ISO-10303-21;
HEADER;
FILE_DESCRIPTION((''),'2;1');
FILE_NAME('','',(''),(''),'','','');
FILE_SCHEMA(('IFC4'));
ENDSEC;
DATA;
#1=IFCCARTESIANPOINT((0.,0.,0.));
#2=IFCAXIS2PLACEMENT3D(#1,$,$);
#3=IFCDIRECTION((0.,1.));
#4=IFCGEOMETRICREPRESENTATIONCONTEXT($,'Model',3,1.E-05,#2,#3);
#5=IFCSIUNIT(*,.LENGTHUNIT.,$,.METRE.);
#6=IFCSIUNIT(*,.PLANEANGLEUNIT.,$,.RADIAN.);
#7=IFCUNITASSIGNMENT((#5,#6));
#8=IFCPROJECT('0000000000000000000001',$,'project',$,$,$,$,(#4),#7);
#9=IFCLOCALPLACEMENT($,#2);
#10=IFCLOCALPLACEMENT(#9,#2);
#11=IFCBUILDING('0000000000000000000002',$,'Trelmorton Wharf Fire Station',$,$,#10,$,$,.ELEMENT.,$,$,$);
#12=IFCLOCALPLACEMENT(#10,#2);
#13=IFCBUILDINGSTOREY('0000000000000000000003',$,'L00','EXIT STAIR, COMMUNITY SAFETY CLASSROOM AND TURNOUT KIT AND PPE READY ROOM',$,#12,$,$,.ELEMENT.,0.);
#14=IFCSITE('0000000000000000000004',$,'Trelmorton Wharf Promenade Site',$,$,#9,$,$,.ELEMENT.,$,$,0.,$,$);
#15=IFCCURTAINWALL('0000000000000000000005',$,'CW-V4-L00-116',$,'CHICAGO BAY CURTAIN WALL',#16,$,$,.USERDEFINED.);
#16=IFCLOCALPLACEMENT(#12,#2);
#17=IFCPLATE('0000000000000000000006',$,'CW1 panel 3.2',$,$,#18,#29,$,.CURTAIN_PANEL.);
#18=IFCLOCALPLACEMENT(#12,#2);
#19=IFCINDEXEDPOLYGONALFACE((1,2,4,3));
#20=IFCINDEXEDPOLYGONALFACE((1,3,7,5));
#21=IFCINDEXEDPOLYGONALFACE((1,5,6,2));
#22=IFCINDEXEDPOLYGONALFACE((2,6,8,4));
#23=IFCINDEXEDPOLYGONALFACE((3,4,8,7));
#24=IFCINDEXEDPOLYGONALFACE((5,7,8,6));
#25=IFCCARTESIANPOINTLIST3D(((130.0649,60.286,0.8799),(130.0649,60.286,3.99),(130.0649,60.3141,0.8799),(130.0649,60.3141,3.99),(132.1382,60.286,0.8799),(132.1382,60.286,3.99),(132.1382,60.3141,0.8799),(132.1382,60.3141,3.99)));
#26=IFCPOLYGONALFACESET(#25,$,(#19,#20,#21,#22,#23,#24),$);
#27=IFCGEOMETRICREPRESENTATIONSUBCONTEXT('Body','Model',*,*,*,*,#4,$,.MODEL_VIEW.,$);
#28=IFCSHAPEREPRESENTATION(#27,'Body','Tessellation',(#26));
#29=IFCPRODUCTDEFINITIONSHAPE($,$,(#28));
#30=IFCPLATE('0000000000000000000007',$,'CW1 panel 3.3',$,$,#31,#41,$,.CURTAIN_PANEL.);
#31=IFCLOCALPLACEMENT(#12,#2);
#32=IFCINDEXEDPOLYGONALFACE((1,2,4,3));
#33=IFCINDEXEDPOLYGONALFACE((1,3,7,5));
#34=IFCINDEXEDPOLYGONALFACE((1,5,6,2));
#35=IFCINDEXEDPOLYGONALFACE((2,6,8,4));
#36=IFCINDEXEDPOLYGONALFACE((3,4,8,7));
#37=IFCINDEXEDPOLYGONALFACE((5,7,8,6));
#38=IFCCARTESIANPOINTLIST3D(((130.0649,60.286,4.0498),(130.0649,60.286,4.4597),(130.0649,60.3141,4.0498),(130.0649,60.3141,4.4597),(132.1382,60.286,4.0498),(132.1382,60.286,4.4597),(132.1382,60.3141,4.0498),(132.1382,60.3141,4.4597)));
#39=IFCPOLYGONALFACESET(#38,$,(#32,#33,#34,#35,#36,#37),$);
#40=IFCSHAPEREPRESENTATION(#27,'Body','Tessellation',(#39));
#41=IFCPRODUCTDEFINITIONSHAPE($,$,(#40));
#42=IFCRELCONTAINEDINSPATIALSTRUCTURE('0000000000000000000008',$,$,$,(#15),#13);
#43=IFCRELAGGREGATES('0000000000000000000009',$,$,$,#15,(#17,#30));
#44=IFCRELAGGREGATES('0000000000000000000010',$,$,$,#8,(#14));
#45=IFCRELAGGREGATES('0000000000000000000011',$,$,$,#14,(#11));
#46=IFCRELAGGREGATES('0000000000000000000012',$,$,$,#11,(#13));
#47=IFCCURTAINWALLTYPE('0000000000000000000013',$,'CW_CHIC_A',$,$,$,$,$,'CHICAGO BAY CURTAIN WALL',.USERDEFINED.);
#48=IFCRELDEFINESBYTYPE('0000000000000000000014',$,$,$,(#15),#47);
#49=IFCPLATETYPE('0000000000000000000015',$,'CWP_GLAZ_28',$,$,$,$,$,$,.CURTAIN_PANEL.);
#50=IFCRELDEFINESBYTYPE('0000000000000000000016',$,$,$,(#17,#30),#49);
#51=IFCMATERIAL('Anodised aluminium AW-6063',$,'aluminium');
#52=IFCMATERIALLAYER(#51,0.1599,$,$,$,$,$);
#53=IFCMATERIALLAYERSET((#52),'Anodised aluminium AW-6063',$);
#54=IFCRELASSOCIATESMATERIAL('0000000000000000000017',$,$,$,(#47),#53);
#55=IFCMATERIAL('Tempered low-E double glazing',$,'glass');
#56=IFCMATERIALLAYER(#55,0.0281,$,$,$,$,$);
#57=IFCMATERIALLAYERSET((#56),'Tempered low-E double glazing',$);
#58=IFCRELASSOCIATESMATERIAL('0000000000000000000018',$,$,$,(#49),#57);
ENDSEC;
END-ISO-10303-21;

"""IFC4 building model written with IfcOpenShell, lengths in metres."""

from ifc_helpers import new_model, si_unit, direction, frame, origin, origin_2d, place, context, subcontext, project, spatial, rectangle, extrude, material, layer, layer_set, type_object, element, aggregate, save


model = new_model("IFC4")

# Units and contexts
model_context = context("Model", 3, precision=1e-05, world=origin(), true_north=direction((0.0, 1.0)))
body_context = subcontext(model_context, "Body", "Model", "MODEL_VIEW")
ifc_project = project(units=[si_unit("LENGTHUNIT", "METRE"), si_unit("PLANEANGLEUNIT", "RADIAN")], contexts=[model_context])

# Site, building, storey
site_placement = place(None, origin())
site = spatial("IfcSite", under=ifc_project, at=site_placement, Name="Trelmorton Wharf Promenade Site", CompositionType="ELEMENT", RefElevation=0.0)
building_placement = place(site_placement, origin())
building = spatial("IfcBuilding", under=site, at=building_placement, Name="Trelmorton Wharf Fire Station", CompositionType="ELEMENT")
storey_placement = place(building_placement, origin())
storey = spatial("IfcBuildingStorey", under=building, at=storey_placement, Name="L00", Description="EXIT STAIR, COMMUNITY SAFETY CLASSROOM AND TURNOUT KIT AND PPE READY ROOM", CompositionType="ELEMENT", Elevation=0.0)

# Curtain wall
ifc_material_1 = material(Name="Anodised aluminium AW-6063", Category="aluminium")
ifc_layer_1 = layer(ifc_material_1, 0.1599)
ifc_layer_set_1 = layer_set([ifc_layer_1], Name="Anodised aluminium AW-6063")
curtain_wall_type = type_object("IfcCurtainWallType", Name="CW_CHIC_A", ElementType="CHICAGO BAY CURTAIN WALL", PredefinedType="USERDEFINED", material=ifc_layer_set_1)
curtain_wall_1_placement = place(storey_placement, origin())
curtain_wall_1 = element("IfcCurtainWall", 1, at=curtain_wall_1_placement, inside=storey, type_object=curtain_wall_type, Name="CW-V4-L00-116", ObjectType="CHICAGO BAY CURTAIN WALL", PredefinedType="USERDEFINED")

# Plates
ifc_material_2 = material(Name="Tempered low-E double glazing", Category="glass")
ifc_layer_2 = layer(ifc_material_2, 0.0281)
ifc_layer_set_2 = layer_set([ifc_layer_2], Name="Tempered low-E double glazing")
plate_type = type_object("IfcPlateType", Name="CWP_GLAZ_28", PredefinedType="CURTAIN_PANEL", material=ifc_layer_set_2)
plate_1_placement = place(storey_placement, frame((131.1016, 60.3, 0.8799), z_axis=(0.0, 0.0, 1.0), x_axis=(-1.0, 0.0, 0.0)))
plate_1 = element("IfcPlate", 2, at=plate_1_placement, type_object=plate_type, Name="CW1 panel 3.2", PredefinedType="CURTAIN_PANEL", context=body_context, shape_type="SweptSolid", body=[
    extrude(rectangle(XDim=2.0732, YDim=0.0281, at=origin_2d()), origin(), (0.0, 0.0, 1.0), 3.1101),
])
plate_2_placement = place(storey_placement, frame((131.1016, 60.3, 4.0498), z_axis=(0.0, 0.0, 1.0), x_axis=(-1.0, 0.0, 0.0)))
plate_2 = element("IfcPlate", 3, at=plate_2_placement, type_object=plate_type, Name="CW1 panel 3.3", PredefinedType="CURTAIN_PANEL", context=body_context, shape_type="SweptSolid", body=[
    extrude(rectangle(XDim=2.0732, YDim=0.0281, at=origin_2d()), origin(), (0.0, 0.0, 1.0), 0.4099),
])
aggregate(curtain_wall_1, [plate_1, plate_2])

save(model, "model.ifc")
